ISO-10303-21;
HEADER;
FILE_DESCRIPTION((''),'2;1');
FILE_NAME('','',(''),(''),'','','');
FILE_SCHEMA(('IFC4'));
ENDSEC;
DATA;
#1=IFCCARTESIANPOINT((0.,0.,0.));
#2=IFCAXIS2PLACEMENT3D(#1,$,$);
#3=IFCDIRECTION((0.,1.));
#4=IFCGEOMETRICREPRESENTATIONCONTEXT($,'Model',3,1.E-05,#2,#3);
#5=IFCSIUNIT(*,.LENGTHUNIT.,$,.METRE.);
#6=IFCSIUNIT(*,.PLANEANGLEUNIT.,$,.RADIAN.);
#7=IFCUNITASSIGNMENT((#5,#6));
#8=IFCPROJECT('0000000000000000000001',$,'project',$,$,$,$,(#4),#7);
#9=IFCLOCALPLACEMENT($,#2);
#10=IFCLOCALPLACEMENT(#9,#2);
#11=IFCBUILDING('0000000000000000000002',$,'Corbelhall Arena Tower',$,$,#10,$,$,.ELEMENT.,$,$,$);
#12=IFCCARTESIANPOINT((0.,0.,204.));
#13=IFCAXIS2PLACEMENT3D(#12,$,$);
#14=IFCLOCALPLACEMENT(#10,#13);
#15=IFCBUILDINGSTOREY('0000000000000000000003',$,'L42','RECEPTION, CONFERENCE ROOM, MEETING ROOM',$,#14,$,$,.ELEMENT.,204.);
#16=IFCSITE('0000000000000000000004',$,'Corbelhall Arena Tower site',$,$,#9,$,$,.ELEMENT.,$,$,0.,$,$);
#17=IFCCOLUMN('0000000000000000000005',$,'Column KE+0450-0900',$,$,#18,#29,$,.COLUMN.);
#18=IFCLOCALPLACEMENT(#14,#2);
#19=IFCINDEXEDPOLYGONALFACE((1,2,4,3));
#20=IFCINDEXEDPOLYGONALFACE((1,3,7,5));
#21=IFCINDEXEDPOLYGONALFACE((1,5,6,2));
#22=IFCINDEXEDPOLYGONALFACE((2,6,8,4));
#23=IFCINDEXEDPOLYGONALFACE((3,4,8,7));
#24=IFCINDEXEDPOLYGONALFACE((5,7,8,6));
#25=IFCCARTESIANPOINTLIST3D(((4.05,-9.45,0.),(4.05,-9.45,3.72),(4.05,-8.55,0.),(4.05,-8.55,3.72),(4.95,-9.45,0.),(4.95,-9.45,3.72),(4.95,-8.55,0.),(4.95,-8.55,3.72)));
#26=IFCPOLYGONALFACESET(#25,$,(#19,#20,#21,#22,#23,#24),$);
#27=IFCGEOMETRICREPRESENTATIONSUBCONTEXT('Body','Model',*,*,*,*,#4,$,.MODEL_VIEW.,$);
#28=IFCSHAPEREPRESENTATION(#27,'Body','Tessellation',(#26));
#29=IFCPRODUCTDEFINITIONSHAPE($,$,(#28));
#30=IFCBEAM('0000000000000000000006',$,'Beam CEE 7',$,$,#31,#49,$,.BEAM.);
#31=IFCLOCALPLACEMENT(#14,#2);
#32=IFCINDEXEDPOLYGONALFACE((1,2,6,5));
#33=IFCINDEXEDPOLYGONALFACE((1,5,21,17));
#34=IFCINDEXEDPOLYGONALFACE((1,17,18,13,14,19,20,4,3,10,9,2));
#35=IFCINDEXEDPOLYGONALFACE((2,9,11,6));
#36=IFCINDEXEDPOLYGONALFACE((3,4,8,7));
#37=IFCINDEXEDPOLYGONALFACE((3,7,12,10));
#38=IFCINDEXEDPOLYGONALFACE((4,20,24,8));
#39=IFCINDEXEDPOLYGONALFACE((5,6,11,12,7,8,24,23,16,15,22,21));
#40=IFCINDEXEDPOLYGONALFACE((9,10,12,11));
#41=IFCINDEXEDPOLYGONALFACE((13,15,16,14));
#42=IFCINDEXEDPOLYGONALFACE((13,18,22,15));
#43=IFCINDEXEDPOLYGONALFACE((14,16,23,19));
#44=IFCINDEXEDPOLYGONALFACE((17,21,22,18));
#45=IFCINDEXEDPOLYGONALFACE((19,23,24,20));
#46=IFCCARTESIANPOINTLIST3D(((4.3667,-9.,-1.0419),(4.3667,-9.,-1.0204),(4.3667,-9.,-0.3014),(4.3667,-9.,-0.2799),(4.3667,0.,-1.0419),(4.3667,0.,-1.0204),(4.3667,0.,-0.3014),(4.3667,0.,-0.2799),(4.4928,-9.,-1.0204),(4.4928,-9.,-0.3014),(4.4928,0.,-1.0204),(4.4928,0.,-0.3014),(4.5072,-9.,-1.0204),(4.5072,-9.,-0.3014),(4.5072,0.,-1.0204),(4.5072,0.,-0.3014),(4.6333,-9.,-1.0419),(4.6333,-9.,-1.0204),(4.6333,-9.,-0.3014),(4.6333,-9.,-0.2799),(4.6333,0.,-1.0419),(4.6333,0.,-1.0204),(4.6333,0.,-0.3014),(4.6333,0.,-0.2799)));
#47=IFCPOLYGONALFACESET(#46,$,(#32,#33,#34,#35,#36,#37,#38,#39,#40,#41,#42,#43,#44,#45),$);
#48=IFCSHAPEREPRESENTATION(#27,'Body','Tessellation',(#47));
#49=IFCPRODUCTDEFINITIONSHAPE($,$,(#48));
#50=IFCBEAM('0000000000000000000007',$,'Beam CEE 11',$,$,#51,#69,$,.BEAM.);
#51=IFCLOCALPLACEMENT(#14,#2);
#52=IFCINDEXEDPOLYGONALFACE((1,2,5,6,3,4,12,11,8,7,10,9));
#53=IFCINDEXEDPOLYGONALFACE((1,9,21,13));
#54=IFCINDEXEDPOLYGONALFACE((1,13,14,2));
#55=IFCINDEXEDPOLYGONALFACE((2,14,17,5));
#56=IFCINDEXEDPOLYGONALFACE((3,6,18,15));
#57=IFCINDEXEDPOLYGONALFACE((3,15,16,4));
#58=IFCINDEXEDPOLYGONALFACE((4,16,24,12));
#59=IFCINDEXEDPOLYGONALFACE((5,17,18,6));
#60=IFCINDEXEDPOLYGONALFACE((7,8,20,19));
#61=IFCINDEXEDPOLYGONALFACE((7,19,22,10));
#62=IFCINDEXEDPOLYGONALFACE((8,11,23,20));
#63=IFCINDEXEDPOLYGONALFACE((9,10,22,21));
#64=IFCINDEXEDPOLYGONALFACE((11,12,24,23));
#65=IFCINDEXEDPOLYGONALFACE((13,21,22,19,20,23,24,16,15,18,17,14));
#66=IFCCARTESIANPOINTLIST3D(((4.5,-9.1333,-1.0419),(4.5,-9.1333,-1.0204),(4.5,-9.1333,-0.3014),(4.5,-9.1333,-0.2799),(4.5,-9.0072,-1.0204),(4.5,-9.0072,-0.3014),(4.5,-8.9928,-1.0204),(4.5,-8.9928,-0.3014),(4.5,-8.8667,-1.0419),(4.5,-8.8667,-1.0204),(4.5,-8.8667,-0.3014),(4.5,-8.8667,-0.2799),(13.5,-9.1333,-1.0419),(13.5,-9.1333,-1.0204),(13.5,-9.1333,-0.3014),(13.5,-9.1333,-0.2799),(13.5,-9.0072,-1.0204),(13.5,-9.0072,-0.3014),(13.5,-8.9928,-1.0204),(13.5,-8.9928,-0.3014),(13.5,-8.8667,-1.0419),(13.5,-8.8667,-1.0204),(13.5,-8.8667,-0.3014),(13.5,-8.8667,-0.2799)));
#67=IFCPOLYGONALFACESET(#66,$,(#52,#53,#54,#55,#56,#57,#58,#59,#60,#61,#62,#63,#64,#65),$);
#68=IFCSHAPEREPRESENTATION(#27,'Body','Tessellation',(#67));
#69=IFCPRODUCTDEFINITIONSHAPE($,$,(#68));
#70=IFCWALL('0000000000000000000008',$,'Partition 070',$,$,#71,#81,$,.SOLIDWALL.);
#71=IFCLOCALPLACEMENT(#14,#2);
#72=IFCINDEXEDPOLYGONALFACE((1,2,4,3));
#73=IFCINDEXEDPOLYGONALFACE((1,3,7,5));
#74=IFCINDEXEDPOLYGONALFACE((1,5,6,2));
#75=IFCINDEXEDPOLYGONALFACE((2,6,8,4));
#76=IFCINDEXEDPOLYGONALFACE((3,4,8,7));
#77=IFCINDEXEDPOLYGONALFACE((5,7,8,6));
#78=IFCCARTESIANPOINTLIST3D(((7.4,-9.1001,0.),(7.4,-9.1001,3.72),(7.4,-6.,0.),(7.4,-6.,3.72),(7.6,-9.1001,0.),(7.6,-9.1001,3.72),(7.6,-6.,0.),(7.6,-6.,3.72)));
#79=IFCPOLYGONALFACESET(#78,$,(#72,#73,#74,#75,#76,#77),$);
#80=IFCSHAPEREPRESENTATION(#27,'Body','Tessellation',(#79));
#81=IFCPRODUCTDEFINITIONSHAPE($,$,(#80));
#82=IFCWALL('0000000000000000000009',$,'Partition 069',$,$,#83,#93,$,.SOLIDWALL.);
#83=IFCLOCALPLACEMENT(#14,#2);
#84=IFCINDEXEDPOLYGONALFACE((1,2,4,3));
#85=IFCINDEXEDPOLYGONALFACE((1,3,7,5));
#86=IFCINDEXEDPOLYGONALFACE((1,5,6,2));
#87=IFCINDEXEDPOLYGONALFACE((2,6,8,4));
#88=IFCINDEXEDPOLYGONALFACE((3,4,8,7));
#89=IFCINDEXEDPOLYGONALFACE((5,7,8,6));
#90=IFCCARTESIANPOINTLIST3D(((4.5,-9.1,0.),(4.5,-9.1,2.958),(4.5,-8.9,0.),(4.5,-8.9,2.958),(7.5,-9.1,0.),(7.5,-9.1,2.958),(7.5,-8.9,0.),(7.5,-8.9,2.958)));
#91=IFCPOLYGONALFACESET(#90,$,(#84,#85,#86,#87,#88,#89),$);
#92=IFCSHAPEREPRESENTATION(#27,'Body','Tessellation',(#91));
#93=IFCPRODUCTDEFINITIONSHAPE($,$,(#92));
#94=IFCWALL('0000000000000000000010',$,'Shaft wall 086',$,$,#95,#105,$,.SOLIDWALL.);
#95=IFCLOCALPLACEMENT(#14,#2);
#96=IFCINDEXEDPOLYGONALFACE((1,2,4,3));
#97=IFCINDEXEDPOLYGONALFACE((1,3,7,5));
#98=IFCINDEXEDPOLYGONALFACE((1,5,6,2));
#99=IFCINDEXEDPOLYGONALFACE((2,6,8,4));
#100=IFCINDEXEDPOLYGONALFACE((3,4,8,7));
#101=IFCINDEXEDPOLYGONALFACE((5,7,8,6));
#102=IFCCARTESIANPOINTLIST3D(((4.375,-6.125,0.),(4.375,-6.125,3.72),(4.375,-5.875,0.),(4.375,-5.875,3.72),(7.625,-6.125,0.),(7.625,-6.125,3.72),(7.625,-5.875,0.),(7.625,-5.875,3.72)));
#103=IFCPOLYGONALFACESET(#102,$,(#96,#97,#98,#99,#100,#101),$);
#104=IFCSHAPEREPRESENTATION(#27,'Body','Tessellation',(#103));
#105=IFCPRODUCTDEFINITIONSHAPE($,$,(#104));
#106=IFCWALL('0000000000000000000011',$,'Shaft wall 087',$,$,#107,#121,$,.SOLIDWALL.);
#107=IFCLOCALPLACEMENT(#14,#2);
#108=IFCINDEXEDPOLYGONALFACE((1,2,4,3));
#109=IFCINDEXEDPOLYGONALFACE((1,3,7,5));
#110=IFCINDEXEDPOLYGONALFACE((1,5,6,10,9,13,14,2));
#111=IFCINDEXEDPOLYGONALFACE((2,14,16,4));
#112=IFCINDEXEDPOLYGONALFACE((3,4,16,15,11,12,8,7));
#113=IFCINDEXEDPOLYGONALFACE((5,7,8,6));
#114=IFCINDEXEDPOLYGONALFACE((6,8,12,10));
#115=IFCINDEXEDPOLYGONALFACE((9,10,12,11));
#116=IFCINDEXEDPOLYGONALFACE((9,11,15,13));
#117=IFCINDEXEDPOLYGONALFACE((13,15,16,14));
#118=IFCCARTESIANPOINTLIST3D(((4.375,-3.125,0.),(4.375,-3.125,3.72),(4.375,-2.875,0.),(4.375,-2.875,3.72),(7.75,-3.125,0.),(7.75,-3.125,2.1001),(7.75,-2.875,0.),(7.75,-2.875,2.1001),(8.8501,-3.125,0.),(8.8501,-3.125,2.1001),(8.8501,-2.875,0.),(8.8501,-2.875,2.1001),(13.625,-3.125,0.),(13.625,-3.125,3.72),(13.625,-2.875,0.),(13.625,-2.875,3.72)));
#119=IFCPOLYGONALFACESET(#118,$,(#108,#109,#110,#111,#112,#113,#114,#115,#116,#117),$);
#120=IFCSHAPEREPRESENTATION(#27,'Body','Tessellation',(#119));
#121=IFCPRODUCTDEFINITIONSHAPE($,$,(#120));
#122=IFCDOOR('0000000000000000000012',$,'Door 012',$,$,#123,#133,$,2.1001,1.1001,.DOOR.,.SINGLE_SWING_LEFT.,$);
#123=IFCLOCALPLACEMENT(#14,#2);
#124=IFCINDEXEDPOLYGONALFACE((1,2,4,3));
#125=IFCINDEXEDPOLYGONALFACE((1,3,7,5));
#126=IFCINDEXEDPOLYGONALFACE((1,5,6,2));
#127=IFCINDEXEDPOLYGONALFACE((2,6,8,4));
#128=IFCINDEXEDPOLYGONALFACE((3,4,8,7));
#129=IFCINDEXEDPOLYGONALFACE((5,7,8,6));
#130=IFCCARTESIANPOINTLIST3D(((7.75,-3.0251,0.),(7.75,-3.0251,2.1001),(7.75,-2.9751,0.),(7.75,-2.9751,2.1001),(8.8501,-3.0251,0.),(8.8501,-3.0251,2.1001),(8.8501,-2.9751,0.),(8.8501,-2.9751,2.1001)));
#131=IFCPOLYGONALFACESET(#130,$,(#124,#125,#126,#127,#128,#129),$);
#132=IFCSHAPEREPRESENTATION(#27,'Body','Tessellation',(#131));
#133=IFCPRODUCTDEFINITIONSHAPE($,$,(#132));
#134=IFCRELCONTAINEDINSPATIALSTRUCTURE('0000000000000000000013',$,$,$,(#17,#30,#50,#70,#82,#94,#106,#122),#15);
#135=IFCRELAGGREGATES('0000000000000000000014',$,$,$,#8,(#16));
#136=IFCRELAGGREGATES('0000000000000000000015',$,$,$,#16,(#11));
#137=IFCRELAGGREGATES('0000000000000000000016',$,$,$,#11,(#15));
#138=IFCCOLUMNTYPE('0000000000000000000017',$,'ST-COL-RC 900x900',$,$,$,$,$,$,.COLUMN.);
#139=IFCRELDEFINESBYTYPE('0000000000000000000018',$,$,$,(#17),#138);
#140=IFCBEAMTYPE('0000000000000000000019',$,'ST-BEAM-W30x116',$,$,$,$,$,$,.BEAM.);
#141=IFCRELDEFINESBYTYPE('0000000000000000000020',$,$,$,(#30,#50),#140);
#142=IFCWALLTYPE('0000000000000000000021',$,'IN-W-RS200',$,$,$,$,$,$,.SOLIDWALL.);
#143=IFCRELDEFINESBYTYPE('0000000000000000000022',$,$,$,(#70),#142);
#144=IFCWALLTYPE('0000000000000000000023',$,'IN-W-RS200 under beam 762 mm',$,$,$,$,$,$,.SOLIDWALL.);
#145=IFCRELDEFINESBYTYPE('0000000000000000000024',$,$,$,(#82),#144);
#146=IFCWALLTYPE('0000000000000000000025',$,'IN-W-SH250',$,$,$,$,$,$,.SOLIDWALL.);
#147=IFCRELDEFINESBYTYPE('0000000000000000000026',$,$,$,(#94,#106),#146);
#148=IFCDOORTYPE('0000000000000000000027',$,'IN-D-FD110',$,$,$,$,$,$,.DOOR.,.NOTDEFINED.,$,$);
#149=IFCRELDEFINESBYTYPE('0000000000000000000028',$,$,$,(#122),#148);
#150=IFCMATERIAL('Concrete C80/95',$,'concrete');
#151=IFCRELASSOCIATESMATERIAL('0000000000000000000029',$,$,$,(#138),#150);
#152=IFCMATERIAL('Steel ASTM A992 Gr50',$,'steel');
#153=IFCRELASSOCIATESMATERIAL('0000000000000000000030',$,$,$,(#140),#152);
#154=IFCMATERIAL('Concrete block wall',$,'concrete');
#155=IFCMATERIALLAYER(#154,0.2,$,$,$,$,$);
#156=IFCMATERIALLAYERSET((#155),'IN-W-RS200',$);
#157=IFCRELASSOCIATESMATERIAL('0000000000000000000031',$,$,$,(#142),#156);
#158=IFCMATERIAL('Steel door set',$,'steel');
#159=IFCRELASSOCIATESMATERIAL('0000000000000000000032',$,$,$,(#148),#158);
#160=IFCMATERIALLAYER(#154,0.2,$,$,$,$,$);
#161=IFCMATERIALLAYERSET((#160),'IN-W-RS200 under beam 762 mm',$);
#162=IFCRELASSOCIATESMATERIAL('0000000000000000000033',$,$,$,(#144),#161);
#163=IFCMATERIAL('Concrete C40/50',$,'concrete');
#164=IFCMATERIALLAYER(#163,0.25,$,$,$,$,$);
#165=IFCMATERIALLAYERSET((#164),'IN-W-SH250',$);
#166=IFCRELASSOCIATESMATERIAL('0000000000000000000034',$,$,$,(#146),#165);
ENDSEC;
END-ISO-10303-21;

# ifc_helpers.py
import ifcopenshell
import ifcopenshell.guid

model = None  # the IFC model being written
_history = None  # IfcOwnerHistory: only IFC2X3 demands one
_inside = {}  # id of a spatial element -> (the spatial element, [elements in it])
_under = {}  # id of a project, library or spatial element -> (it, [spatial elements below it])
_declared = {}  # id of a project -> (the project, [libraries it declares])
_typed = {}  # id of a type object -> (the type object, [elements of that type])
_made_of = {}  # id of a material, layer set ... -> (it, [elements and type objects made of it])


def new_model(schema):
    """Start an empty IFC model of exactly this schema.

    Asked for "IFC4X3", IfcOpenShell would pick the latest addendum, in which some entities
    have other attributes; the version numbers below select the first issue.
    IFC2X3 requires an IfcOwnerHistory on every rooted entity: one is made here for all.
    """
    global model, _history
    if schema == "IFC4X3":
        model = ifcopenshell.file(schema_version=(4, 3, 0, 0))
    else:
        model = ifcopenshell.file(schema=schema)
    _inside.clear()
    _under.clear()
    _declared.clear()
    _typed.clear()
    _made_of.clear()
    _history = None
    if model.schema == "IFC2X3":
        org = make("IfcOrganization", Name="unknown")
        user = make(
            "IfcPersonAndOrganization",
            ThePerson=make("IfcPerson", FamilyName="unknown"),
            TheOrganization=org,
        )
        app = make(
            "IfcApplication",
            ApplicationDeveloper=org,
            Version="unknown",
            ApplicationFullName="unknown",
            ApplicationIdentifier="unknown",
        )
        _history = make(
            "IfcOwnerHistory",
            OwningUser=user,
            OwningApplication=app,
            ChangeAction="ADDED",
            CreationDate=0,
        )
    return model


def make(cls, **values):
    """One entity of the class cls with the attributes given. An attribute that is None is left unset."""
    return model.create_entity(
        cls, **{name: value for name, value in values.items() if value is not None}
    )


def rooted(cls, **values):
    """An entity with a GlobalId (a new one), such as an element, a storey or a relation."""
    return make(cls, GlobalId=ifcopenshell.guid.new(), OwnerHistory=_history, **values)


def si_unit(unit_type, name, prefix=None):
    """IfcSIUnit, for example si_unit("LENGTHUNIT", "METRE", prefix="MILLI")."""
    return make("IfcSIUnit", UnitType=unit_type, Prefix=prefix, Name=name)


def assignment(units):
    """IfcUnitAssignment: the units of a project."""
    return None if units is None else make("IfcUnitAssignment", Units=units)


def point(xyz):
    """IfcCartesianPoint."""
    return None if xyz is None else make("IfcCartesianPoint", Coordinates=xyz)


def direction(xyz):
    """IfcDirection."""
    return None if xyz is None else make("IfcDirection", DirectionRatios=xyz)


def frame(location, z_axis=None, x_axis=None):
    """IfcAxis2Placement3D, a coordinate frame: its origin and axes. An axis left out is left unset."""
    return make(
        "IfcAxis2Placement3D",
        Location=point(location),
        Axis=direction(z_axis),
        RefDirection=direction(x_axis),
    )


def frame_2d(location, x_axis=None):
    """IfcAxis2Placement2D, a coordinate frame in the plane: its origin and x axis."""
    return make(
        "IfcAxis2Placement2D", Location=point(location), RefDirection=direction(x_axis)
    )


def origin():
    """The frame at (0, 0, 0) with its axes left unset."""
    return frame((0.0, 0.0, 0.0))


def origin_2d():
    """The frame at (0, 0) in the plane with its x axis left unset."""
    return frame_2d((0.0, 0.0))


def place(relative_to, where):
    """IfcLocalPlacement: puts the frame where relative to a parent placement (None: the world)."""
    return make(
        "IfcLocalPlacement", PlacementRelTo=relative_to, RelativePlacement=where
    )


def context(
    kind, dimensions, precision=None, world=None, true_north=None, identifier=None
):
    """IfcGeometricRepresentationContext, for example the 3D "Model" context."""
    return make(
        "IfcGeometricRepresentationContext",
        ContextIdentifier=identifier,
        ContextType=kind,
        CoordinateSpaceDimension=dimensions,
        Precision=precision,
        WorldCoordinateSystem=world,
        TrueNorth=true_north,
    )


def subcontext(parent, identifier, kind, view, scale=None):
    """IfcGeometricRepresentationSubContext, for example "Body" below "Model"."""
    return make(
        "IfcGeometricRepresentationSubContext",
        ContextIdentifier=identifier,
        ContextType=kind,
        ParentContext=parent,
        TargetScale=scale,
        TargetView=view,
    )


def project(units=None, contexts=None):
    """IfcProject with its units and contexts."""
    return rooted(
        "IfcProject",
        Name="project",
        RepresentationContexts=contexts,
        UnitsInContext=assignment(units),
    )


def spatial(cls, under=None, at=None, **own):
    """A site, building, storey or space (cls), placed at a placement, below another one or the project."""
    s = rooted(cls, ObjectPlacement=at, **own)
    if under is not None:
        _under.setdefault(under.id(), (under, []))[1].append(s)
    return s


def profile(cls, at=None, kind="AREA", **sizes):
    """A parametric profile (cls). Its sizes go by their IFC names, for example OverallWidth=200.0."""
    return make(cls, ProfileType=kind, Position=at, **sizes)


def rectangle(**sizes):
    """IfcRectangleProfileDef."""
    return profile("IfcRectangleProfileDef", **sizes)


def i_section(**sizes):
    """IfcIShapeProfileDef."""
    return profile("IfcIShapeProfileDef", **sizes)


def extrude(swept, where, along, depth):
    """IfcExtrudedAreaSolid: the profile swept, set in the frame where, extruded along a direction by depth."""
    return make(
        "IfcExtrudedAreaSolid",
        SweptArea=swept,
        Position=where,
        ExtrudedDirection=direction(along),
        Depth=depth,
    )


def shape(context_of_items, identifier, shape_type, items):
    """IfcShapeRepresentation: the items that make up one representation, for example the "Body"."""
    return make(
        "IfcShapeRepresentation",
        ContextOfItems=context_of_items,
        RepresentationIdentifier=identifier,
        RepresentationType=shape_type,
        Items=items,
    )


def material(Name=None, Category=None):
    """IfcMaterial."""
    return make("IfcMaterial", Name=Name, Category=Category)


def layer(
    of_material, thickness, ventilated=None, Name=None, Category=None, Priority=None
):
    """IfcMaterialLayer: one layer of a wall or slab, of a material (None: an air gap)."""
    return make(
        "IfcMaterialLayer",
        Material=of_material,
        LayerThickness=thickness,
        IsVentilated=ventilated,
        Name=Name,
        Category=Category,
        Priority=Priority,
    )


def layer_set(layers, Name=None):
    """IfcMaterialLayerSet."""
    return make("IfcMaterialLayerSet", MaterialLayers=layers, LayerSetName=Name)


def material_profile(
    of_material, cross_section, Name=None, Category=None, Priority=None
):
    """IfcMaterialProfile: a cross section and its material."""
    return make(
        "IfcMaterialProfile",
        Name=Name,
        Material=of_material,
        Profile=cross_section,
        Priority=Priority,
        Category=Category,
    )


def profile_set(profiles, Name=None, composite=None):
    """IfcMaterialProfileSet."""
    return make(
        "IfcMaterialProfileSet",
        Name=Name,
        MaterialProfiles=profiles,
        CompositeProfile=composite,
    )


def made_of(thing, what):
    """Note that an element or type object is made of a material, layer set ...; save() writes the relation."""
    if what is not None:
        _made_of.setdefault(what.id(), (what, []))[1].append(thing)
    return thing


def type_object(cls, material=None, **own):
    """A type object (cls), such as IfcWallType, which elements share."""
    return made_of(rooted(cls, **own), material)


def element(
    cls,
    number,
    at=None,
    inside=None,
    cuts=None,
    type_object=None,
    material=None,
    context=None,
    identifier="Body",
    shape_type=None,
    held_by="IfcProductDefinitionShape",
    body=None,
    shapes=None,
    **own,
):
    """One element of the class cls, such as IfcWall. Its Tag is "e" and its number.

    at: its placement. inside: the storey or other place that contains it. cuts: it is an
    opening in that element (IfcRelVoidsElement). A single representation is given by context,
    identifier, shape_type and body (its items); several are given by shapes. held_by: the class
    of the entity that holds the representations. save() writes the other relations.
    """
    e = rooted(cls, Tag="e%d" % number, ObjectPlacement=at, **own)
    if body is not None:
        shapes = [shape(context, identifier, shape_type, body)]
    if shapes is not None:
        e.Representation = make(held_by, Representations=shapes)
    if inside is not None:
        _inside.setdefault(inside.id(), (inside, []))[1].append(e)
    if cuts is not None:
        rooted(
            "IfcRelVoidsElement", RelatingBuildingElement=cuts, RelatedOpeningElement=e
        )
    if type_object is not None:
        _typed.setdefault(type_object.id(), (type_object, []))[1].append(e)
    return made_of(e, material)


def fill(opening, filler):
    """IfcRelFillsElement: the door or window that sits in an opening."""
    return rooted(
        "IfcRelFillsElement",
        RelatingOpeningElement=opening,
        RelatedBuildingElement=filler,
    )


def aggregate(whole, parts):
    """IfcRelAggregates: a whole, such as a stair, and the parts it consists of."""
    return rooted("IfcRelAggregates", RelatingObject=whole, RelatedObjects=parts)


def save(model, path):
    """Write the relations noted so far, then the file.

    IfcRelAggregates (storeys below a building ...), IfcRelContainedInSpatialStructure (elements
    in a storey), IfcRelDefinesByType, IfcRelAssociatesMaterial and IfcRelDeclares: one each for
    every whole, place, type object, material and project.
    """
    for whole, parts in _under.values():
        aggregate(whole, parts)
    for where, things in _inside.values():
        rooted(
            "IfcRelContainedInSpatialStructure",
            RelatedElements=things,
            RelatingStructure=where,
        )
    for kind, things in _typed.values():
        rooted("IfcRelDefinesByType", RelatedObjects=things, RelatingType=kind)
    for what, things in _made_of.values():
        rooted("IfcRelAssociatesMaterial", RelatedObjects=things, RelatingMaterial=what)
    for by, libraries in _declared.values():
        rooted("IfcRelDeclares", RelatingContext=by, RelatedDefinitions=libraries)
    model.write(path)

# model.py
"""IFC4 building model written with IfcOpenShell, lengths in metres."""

from ifc_helpers import new_model, si_unit, direction, frame, frame_2d, origin, origin_2d, place, context, subcontext, project, spatial, rectangle, i_section, extrude, material, layer, layer_set, material_profile, profile_set, type_object, element, fill, save


model = new_model("IFC4")

# Units and contexts
model_context = context("Model", 3, precision=1e-05, world=origin(), true_north=direction((0.0, 1.0)))
body_context = subcontext(model_context, "Body", "Model", "MODEL_VIEW")
ifc_project = project(units=[si_unit("LENGTHUNIT", "METRE"), si_unit("PLANEANGLEUNIT", "RADIAN")], contexts=[model_context])

# Site, building, storey
site_placement = place(None, origin())
site = spatial("IfcSite", under=ifc_project, at=site_placement, Name="Corbelhall Arena Tower site", CompositionType="ELEMENT", RefElevation=0.0)
building_placement = place(site_placement, origin())
building = spatial("IfcBuilding", under=site, at=building_placement, Name="Corbelhall Arena Tower", CompositionType="ELEMENT")
storey_placement = place(building_placement, frame((0.0, 0.0, 204.0)))
storey = spatial("IfcBuildingStorey", under=building, at=storey_placement, Name="L42", Description="RECEPTION, CONFERENCE ROOM, MEETING ROOM", CompositionType="ELEMENT", Elevation=204.0)

# Column
ifc_material_1 = material(Name="Concrete C80/95", Category="concrete")
ifc_material_profile_1 = material_profile(ifc_material_1, rectangle(XDim=0.8999, YDim=0.8999, at=origin_2d()))
ifc_profile_set_1 = profile_set([ifc_material_profile_1], Name="Concrete C80/95")
column_type = type_object("IfcColumnType", Name="ST-COL-RC 900x900", PredefinedType="COLUMN", material=ifc_profile_set_1)
column_placement = place(storey_placement, frame((4.5, -9.0, 0.0), z_axis=(0.0, 0.0, 1.0), x_axis=(1.0, 0.0, 0.0)))
element("IfcColumn", 1, at=column_placement, inside=storey, type_object=column_type, Name="Column KE+0450-0900", PredefinedType="COLUMN", context=body_context, shape_type="SweptSolid", body=[
    extrude(rectangle(XDim=0.8999, YDim=0.8999, at=origin_2d()), origin(), (0.0, 0.0, 1.0), 3.72),
])

# Beams
ifc_material_2 = material(Name="Steel ASTM A992 Gr50", Category="steel")
ifc_material_profile_2 = material_profile(ifc_material_2, i_section(OverallWidth=0.2666, OverallDepth=0.762, WebThickness=0.0144, FlangeThickness=0.0215, at=origin_2d()))
ifc_profile_set_2 = profile_set([ifc_material_profile_2], Name="Steel ASTM A992 Gr50")
beam_type = type_object("IfcBeamType", Name="ST-BEAM-W30x116", PredefinedType="BEAM", material=ifc_profile_set_2)
for number, where, z_axis, x_axis, name in (
    (2, (4.5, -9.0, -0.6609), (0.0, 1.0, 0.0), (-1.0, 0.0, 0.0), "Beam CEE 7"),
    (3, (4.5, -9.0, -0.6609), (1.0, 0.0, 0.0), (0.0, 1.0, 0.0), "Beam CEE 11"),
):
    element("IfcBeam", number, at=place(storey_placement, frame(where, z_axis=z_axis, x_axis=x_axis)), inside=storey, type_object=beam_type, Name=name, PredefinedType="BEAM", context=body_context, shape_type="SweptSolid", body=[
        extrude(i_section(OverallWidth=0.2666, OverallDepth=0.762, WebThickness=0.0144, FlangeThickness=0.0215, at=origin_2d()), origin(), (0.0, 0.0, 1.0), 9.0),
    ])

# Wall
ifc_material_3 = material(Name="Concrete block wall", Category="concrete")
ifc_layer_1 = layer(ifc_material_3, 0.2)
ifc_layer_set_1 = layer_set([ifc_layer_1], Name="IN-W-RS200")
wall_type_1 = type_object("IfcWallType", Name="IN-W-RS200", PredefinedType="SOLIDWALL", material=ifc_layer_set_1)
wall_1_placement = place(storey_placement, frame((7.5, -6.0, 0.0), z_axis=(0.0, 0.0, 1.0), x_axis=(0.0, -1.0, 0.0)))
element("IfcWall", 4, at=wall_1_placement, inside=storey, type_object=wall_type_1, Name="Partition 070", PredefinedType="SOLIDWALL", context=body_context, shape_type="SweptSolid", body=[
    extrude(rectangle(XDim=3.1001, YDim=0.2, at=frame_2d((1.55, 0.0))), origin(), (0.0, 0.0, 1.0), 3.72),
])

# Shared definitions
ifc_material_4 = material(Name="Steel door set", Category="steel")
door_type_1 = type_object("IfcDoorType", Name="IN-D-FD110", OperationType="NOTDEFINED", PredefinedType="DOOR", material=ifc_material_4)
ifc_layer_2 = layer(ifc_material_3, 0.2)
ifc_layer_set_2 = layer_set([ifc_layer_2], Name="IN-W-RS200 under beam 762 mm")
wall_type_2 = type_object("IfcWallType", Name="IN-W-RS200 under beam 762 mm", PredefinedType="SOLIDWALL", material=ifc_layer_set_2)

# Walls
wall_2_placement = place(storey_placement, frame((7.5, -9.0, 0.0), z_axis=(0.0, 0.0, 1.0), x_axis=(-1.0, 0.0, 0.0)))
element("IfcWall", 5, at=wall_2_placement, inside=storey, type_object=wall_type_2, Name="Partition 069", PredefinedType="SOLIDWALL", context=body_context, shape_type="SweptSolid", body=[
    extrude(rectangle(XDim=3.0, YDim=0.2, at=frame_2d((1.5, 0.0))), origin(), (0.0, 0.0, 1.0), 2.958),
])
ifc_material_5 = material(Name="Concrete C40/50", Category="concrete")
ifc_layer_3 = layer(ifc_material_5, 0.25)
ifc_layer_set_3 = layer_set([ifc_layer_3], Name="IN-W-SH250")
wall_type_3 = type_object("IfcWallType", Name="IN-W-SH250", PredefinedType="SOLIDWALL", material=ifc_layer_set_3)
wall_3_placement = place(storey_placement, frame((4.375, -6.0, 0.0), z_axis=(0.0, 0.0, 1.0), x_axis=(1.0, 0.0, 0.0)))
element("IfcWall", 6, at=wall_3_placement, inside=storey, type_object=wall_type_3, Name="Shaft wall 086", PredefinedType="SOLIDWALL", context=body_context, shape_type="SweptSolid", body=[
    extrude(rectangle(XDim=3.25, YDim=0.25, at=frame_2d((1.625, 0.0))), origin(), (0.0, 0.0, 1.0), 3.72),
])

# Wall, opening, door
wall_4_placement = place(storey_placement, frame((4.375, -3.0, 0.0), z_axis=(0.0, 0.0, 1.0), x_axis=(1.0, 0.0, 0.0)))
wall_4 = element("IfcWall", 7, at=wall_4_placement, inside=storey, type_object=wall_type_3, Name="Shaft wall 087", PredefinedType="SOLIDWALL", context=body_context, shape_type="SweptSolid", body=[
    extrude(rectangle(XDim=9.25, YDim=0.25, at=frame_2d((4.625, 0.0))), origin(), (0.0, 0.0, 1.0), 3.72),
])
opening_1_placement = place(wall_4_placement, frame((3.375, 0.0, 0.0)))
opening_1 = element("IfcOpeningElement", 8, at=opening_1_placement, cuts=wall_4, PredefinedType="OPENING", context=body_context, shape_type="SweptSolid", body=[
    extrude(rectangle(XDim=1.1001, YDim=2.1001, at=frame_2d((0.55, 1.05))), frame((0.0, 0.125, 0.0), z_axis=(0.0, -1.0, 0.0), x_axis=(1.0, 0.0, 0.0)), (0.0, 0.0, 1.0), 0.25),
])
door_1_placement = place(opening_1_placement, origin())
door_1 = element("IfcDoor", 9, at=door_1_placement, inside=storey, type_object=door_type_1, Name="Door 012", OperationType="SINGLE_SWING_LEFT", OverallHeight=2.1001, OverallWidth=1.1001, PredefinedType="DOOR", context=body_context, shape_type="SweptSolid", body=[
    extrude(rectangle(XDim=1.1001, YDim=2.1001, at=frame_2d((0.55, 1.05))), frame((0.0, 0.0249, 0.0), z_axis=(0.0, -1.0, 0.0), x_axis=(1.0, 0.0, 0.0)), (0.0, 0.0, 1.0), 0.05),
])
fill(opening_1, door_1)

save(model, "model.ifc")
